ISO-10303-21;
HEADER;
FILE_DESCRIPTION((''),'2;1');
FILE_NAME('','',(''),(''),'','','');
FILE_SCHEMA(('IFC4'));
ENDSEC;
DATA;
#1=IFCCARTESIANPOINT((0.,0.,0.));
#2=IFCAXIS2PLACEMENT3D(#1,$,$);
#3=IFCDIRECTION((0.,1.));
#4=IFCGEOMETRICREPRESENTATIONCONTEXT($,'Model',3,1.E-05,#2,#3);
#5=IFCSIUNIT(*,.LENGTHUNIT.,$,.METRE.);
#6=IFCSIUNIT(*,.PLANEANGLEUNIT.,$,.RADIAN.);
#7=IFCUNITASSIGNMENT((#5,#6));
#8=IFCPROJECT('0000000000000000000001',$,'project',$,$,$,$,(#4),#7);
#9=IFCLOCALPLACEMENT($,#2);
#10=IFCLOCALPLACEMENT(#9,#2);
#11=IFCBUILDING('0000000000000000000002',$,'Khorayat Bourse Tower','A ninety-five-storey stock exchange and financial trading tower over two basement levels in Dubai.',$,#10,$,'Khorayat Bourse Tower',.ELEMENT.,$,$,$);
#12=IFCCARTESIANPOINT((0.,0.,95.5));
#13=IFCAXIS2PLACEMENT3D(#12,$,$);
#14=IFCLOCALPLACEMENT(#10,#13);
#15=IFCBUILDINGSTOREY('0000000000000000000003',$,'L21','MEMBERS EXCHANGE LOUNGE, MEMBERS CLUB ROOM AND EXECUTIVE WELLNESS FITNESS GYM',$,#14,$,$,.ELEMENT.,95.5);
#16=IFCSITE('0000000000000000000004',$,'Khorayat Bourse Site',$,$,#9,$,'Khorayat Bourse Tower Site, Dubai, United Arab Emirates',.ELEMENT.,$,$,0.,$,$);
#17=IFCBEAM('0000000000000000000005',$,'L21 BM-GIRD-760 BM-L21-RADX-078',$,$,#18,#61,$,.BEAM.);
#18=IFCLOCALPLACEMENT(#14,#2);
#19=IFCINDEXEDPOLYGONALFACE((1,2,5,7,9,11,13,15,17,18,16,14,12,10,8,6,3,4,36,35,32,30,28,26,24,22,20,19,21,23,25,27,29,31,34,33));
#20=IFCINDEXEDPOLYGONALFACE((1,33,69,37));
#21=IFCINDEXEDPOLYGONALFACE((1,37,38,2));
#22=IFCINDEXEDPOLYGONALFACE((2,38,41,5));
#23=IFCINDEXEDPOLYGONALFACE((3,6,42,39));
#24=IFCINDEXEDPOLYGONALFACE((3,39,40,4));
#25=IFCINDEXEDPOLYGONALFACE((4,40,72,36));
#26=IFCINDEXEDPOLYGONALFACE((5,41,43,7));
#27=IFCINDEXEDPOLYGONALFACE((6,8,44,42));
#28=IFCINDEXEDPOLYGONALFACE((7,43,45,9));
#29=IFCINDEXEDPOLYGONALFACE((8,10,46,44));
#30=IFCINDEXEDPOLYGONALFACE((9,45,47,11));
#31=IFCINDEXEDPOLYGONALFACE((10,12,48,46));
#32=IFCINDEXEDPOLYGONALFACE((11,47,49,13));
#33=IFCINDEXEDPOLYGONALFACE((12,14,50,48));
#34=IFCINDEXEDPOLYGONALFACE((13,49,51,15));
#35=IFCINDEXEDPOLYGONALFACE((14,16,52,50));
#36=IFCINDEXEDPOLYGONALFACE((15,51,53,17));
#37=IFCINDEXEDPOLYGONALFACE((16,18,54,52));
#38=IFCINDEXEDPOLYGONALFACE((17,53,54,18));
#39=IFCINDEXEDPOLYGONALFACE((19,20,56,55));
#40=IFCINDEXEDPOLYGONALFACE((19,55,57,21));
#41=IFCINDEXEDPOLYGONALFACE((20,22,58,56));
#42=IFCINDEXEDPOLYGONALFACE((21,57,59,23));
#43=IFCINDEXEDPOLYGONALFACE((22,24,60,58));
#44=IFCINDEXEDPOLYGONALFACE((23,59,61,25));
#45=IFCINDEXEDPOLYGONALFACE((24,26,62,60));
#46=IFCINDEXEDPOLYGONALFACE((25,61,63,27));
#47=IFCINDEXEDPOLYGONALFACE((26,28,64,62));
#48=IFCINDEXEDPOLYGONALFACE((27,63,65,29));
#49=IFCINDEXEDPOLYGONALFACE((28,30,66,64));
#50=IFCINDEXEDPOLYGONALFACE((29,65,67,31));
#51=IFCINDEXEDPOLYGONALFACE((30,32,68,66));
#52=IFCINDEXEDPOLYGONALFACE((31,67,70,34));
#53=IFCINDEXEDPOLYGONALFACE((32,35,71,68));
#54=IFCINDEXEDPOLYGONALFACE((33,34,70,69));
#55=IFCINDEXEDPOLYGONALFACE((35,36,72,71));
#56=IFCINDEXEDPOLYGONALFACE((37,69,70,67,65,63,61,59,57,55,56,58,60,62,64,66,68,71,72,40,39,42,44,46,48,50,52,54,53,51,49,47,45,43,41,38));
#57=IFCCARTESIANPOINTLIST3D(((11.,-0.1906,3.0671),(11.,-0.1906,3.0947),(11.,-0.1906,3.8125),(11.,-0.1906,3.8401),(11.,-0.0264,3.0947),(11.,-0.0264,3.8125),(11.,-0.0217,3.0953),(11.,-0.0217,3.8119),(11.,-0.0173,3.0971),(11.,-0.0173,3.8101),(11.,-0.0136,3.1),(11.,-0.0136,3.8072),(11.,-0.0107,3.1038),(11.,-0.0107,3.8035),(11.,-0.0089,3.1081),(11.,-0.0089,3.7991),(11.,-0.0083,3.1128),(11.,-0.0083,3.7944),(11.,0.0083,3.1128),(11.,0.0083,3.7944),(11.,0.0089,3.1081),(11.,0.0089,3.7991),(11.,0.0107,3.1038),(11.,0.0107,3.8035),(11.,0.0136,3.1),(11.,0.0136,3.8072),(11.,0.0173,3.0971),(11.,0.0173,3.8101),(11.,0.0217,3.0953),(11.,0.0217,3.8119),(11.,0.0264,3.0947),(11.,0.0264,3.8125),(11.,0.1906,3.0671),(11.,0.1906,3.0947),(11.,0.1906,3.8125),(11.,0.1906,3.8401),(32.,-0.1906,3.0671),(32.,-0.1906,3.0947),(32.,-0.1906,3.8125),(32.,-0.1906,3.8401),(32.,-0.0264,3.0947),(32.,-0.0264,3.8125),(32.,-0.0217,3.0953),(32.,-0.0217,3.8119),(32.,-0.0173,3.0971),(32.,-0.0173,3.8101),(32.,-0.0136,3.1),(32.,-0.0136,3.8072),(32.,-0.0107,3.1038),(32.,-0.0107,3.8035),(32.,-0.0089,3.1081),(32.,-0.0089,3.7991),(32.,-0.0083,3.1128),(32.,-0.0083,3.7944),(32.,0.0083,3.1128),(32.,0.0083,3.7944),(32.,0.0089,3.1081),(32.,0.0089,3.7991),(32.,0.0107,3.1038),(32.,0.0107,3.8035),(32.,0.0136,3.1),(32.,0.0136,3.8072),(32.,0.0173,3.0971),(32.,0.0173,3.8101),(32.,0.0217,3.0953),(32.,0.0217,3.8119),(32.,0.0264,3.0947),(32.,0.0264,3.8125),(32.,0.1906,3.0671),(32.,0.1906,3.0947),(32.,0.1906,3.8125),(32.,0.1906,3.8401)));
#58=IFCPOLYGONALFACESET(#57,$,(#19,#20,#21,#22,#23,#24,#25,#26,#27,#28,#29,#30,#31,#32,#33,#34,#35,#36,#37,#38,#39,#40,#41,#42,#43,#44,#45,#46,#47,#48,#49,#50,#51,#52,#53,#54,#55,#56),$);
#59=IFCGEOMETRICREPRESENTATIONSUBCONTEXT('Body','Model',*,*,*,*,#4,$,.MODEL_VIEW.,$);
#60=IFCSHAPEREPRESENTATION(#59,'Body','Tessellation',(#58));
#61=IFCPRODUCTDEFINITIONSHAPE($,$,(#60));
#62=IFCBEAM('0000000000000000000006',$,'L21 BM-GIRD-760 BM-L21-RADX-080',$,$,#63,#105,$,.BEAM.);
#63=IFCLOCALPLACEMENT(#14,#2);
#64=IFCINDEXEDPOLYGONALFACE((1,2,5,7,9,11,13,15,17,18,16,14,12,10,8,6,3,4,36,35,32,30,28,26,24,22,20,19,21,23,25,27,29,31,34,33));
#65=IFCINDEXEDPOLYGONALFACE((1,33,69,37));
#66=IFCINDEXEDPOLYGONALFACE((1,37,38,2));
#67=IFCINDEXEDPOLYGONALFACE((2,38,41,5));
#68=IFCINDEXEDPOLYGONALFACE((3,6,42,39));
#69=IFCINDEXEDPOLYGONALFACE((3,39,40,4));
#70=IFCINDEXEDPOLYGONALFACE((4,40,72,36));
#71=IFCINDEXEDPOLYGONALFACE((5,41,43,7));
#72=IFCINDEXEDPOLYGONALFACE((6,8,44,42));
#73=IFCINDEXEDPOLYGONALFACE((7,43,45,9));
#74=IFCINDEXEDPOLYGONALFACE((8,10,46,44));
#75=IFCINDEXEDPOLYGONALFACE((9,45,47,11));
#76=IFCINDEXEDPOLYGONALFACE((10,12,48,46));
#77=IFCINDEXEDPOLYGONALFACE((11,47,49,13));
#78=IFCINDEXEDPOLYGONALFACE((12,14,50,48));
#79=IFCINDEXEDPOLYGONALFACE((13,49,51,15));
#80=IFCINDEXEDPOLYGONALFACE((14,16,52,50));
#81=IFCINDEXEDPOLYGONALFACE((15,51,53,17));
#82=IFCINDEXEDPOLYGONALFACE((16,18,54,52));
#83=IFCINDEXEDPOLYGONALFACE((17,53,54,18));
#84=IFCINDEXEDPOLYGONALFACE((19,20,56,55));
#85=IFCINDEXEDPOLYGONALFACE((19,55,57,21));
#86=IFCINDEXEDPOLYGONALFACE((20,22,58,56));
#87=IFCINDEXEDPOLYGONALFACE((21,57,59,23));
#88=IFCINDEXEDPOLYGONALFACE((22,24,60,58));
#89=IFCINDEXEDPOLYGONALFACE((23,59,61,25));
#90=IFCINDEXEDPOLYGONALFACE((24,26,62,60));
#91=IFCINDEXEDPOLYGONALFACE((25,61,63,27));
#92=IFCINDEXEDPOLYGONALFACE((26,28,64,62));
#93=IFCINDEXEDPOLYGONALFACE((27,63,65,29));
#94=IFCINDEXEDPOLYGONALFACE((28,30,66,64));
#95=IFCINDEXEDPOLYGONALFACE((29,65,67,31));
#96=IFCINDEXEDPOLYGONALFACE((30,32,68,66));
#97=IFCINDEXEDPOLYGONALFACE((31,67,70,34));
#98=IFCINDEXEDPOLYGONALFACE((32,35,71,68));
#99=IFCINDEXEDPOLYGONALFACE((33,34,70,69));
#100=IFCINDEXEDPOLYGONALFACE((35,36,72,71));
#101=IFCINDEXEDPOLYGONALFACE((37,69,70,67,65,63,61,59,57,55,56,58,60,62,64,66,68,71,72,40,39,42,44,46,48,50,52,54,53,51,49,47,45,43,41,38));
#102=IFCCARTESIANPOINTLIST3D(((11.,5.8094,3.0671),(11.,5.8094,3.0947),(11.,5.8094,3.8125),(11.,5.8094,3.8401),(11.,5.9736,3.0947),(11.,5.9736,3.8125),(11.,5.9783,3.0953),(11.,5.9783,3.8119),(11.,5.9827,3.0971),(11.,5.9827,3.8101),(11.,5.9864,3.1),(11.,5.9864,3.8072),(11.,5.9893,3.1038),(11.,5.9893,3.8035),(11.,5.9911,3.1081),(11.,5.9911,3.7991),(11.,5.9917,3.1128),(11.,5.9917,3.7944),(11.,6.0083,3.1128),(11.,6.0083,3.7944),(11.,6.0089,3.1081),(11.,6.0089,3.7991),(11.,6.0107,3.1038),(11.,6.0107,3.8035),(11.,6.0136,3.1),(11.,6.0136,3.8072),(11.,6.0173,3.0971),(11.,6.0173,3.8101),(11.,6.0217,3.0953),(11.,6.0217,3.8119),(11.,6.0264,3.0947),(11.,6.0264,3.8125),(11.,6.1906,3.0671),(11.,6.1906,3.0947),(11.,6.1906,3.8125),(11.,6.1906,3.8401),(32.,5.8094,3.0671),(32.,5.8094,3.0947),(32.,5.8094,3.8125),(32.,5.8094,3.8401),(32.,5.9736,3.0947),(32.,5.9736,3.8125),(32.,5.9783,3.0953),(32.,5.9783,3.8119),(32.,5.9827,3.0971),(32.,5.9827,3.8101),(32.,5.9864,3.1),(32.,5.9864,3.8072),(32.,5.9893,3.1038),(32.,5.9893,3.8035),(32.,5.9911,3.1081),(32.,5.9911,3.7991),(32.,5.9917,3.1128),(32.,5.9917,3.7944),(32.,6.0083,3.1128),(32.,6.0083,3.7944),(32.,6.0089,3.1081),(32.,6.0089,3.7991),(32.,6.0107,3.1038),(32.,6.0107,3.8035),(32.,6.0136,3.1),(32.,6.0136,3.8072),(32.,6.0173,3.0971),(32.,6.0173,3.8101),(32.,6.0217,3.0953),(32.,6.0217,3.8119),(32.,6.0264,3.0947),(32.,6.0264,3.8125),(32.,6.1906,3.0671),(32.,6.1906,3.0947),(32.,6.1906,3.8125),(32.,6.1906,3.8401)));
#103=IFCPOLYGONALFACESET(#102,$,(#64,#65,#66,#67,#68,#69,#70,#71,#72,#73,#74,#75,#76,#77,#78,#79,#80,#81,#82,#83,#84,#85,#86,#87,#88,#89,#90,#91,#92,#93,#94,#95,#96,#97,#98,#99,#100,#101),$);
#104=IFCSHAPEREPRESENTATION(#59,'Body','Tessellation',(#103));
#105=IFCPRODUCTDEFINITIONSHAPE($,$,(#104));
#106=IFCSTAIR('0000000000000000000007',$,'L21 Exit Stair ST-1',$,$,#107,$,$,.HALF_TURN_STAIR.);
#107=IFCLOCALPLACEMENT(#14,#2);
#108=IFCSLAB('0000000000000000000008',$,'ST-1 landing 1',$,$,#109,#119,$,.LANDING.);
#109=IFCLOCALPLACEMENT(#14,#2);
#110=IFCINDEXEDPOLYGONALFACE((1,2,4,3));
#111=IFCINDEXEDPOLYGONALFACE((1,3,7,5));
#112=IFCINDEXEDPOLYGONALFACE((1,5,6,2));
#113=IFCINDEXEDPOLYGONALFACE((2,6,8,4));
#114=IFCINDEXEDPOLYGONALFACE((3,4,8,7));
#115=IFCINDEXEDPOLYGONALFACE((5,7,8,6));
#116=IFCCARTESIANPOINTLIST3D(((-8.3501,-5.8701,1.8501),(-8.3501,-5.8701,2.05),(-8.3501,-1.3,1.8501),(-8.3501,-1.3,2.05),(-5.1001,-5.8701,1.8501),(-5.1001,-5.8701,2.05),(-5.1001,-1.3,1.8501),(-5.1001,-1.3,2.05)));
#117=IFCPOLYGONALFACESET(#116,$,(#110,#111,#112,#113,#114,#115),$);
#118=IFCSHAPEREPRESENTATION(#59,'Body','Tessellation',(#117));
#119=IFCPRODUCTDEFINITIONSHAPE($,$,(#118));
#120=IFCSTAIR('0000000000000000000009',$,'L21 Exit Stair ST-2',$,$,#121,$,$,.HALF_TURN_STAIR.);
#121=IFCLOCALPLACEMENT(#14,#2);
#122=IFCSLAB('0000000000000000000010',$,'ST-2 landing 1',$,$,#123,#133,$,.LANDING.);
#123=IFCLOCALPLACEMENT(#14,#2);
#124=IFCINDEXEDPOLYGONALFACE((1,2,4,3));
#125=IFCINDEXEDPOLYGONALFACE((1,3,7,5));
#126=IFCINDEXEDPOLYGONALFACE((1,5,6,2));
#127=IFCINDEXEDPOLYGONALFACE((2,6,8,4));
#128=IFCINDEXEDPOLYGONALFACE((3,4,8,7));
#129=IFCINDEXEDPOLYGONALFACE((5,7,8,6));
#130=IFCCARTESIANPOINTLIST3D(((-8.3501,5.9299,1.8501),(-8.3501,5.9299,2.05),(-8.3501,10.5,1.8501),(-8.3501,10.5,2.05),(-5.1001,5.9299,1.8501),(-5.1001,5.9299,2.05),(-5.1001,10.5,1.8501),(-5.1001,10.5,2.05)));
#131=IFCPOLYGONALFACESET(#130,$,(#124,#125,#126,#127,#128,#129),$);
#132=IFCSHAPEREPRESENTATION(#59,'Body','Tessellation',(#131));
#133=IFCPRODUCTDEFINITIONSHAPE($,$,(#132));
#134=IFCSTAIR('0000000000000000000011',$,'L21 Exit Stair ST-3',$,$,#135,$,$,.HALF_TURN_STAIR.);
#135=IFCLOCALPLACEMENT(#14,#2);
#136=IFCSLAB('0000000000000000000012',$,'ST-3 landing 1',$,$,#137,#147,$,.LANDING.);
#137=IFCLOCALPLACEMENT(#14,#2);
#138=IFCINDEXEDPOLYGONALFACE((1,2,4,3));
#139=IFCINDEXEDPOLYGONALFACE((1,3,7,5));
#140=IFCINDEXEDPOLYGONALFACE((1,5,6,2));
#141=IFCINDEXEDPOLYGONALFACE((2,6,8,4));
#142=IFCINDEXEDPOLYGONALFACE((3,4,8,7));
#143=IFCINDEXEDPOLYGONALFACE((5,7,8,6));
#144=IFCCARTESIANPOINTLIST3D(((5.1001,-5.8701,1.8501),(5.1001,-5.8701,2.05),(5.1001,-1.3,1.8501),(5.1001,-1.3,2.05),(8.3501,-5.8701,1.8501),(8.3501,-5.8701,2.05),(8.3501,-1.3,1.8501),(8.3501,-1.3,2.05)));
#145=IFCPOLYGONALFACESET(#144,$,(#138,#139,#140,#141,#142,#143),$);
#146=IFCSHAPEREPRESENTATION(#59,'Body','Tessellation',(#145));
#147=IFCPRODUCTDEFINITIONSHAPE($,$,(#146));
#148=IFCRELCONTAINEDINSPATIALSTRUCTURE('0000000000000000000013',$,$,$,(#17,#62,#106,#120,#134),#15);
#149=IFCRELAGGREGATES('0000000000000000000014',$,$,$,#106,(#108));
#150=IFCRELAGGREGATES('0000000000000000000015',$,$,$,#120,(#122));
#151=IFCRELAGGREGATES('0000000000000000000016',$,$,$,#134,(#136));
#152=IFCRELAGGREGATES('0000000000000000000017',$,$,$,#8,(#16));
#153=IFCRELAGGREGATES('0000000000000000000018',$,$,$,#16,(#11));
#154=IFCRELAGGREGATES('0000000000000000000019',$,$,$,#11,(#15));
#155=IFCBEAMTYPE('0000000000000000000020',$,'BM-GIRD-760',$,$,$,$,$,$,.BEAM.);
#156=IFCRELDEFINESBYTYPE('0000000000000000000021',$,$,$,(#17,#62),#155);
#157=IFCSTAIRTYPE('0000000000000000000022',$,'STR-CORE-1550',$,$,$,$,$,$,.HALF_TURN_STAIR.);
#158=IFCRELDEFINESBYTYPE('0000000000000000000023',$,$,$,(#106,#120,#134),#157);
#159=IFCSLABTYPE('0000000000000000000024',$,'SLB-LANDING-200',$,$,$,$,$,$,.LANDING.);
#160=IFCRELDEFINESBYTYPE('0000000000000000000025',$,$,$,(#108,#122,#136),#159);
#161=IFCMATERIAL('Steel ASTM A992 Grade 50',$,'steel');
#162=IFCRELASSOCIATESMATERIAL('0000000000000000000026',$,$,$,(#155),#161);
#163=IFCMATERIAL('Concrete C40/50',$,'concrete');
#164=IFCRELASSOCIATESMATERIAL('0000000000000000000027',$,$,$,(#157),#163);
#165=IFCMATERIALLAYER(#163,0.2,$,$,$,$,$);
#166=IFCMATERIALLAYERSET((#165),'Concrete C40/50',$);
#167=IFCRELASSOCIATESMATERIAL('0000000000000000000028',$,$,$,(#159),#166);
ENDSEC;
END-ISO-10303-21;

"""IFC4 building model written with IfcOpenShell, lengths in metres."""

from ifc_helpers import new_model, si_unit, direction, frame, origin, origin_2d, place, context, subcontext, project, spatial, polyline, i_section, outline, extrude, source, transform, mapped, material, layer, layer_set, material_profile, profile_set, type_object, element, aggregate, save


model = new_model("IFC4")

# Units and contexts
model_context = context("Model", 3, precision=1e-05, world=origin(), true_north=direction((0.0, 1.0)))
body_context = subcontext(model_context, "Body", "Model", "MODEL_VIEW")
ifc_project = project(units=[si_unit("LENGTHUNIT", "METRE"), si_unit("PLANEANGLEUNIT", "RADIAN")], contexts=[model_context])

# Site, building, storey
site_placement = place(None, origin())
site = spatial("IfcSite", under=ifc_project, at=site_placement, Name="Khorayat Bourse Site", LongName="Khorayat Bourse Tower Site, Dubai, United Arab Emirates", CompositionType="ELEMENT", RefElevation=0.0)
building_placement = place(site_placement, origin())
building = spatial("IfcBuilding", under=site, at=building_placement, Name="Khorayat Bourse Tower", Description="A ninety-five-storey stock exchange and financial trading tower over two basement levels in Dubai.", LongName="Khorayat Bourse Tower", CompositionType="ELEMENT")
storey_placement = place(building_placement, frame((0.0, 0.0, 95.5)))
storey = spatial("IfcBuildingStorey", under=building, at=storey_placement, Name="L21", Description="MEMBERS EXCHANGE LOUNGE, MEMBERS CLUB ROOM AND EXECUTIVE WELLNESS FITNESS GYM", CompositionType="ELEMENT", Elevation=95.5)

# Beams
ifc_material_1 = material(Name="Steel ASTM A992 Grade 50", Category="steel")
ifc_material_profile_1 = material_profile(ifc_material_1, i_section(OverallWidth=0.3811, OverallDepth=0.7729, WebThickness=0.0166, FlangeThickness=0.0276, FilletRadius=0.0181, at=origin_2d()), Name="W760X257")
ifc_profile_set_1 = profile_set([ifc_material_profile_1], Name="Steel ASTM A992 Grade 50")
beam_type_1 = type_object("IfcBeamType", Name="BM-GIRD-760", PredefinedType="BEAM", material=ifc_profile_set_1)
shared_shape_1 = source(origin(), body_context, "Body", "SweptSolid", [
    extrude(i_section(OverallWidth=0.3811, OverallDepth=0.7729, WebThickness=0.0166, FlangeThickness=0.0276, FilletRadius=0.0181, at=origin_2d()), origin(), (0.0, 0.0, 1.0), 21.0),
])
for number, where, z_axis, x_axis, name in (
    (1, (11.0, 0.0, 3.4536), (1.0, 0.0, 0.0), (0.0, 1.0, 0.0), "L21 BM-GIRD-760 BM-L21-RADX-078"),
    (2, (11.0, 6.0, 3.4536), (1.0, 0.0, 0.0), (0.0, 1.0, 0.0), "L21 BM-GIRD-760 BM-L21-RADX-080"),
):
    element("IfcBeam", number, at=place(storey_placement, frame(where, z_axis=z_axis, x_axis=x_axis)), inside=storey, type_object=beam_type_1, Name=name, PredefinedType="BEAM", context=body_context, shape_type="MappedRepresentation", body=[
        mapped(shared_shape_1, transform((0.0, 0.0, 0.0), scale=1.0)),
    ])

# Stairs, slabs
ifc_material_2 = material(Name="Concrete C40/50", Category="concrete")
stair_type = type_object("IfcStairType", Name="STR-CORE-1550", PredefinedType="HALF_TURN_STAIR", material=ifc_material_2)
stair_1_placement = place(storey_placement, origin())
stair_1 = element("IfcStair", 3, at=stair_1_placement, inside=storey, type_object=stair_type, Name="L21 Exit Stair ST-1", PredefinedType="HALF_TURN_STAIR")
ifc_layer_1 = layer(ifc_material_2, 0.2)
ifc_layer_set_1 = layer_set([ifc_layer_1], Name="Concrete C40/50")
slab_type_1 = type_object("IfcSlabType", Name="SLB-LANDING-200", PredefinedType="LANDING", material=ifc_layer_set_1)
slab_1_placement = place(storey_placement, frame((0.0, 0.0, 1.8501)))
slab_1 = element("IfcSlab", 4, at=slab_1_placement, type_object=slab_type_1, Name="ST-1 landing 1", PredefinedType="LANDING", context=body_context, shape_type="SweptSolid", body=[
    extrude(outline(polyline([(-5.1001, -5.8701), (-5.1001, -1.3), (-8.3501, -1.3), (-8.3501, -5.8701), (-5.1001, -5.8701)])), origin(), (0.0, 0.0, 1.0), 0.2),
])
aggregate(stair_1, [slab_1])
stair_2_placement = place(storey_placement, origin())
stair_2 = element("IfcStair", 5, at=stair_2_placement, inside=storey, type_object=stair_type, Name="L21 Exit Stair ST-2", PredefinedType="HALF_TURN_STAIR")
slab_2_placement = place(storey_placement, frame((0.0, 0.0, 1.8501)))
slab_2 = element("IfcSlab", 6, at=slab_2_placement, type_object=slab_type_1, Name="ST-2 landing 1", PredefinedType="LANDING", context=body_context, shape_type="SweptSolid", body=[
    extrude(outline(polyline([(-5.1001, 5.9299), (-5.1001, 10.5), (-8.3501, 10.5), (-8.3501, 5.9299), (-5.1001, 5.9299)])), origin(), (0.0, 0.0, 1.0), 0.2),
])
aggregate(stair_2, [slab_2])
stair_3_placement = place(storey_placement, origin())
stair_3 = element("IfcStair", 7, at=stair_3_placement, inside=storey, type_object=stair_type, Name="L21 Exit Stair ST-3", PredefinedType="HALF_TURN_STAIR")
slab_3_placement = place(storey_placement, frame((0.0, 0.0, 1.8501)))
slab_3 = element("IfcSlab", 8, at=slab_3_placement, type_object=slab_type_1, Name="ST-3 landing 1", PredefinedType="LANDING", context=body_context, shape_type="SweptSolid", body=[
    extrude(outline(polyline([(8.3501, -5.8701), (8.3501, -1.3), (5.1001, -1.3), (5.1001, -5.8701), (8.3501, -5.8701)])), origin(), (0.0, 0.0, 1.0), 0.2),
])
aggregate(stair_3, [slab_3])

save(model, "model.ifc")
